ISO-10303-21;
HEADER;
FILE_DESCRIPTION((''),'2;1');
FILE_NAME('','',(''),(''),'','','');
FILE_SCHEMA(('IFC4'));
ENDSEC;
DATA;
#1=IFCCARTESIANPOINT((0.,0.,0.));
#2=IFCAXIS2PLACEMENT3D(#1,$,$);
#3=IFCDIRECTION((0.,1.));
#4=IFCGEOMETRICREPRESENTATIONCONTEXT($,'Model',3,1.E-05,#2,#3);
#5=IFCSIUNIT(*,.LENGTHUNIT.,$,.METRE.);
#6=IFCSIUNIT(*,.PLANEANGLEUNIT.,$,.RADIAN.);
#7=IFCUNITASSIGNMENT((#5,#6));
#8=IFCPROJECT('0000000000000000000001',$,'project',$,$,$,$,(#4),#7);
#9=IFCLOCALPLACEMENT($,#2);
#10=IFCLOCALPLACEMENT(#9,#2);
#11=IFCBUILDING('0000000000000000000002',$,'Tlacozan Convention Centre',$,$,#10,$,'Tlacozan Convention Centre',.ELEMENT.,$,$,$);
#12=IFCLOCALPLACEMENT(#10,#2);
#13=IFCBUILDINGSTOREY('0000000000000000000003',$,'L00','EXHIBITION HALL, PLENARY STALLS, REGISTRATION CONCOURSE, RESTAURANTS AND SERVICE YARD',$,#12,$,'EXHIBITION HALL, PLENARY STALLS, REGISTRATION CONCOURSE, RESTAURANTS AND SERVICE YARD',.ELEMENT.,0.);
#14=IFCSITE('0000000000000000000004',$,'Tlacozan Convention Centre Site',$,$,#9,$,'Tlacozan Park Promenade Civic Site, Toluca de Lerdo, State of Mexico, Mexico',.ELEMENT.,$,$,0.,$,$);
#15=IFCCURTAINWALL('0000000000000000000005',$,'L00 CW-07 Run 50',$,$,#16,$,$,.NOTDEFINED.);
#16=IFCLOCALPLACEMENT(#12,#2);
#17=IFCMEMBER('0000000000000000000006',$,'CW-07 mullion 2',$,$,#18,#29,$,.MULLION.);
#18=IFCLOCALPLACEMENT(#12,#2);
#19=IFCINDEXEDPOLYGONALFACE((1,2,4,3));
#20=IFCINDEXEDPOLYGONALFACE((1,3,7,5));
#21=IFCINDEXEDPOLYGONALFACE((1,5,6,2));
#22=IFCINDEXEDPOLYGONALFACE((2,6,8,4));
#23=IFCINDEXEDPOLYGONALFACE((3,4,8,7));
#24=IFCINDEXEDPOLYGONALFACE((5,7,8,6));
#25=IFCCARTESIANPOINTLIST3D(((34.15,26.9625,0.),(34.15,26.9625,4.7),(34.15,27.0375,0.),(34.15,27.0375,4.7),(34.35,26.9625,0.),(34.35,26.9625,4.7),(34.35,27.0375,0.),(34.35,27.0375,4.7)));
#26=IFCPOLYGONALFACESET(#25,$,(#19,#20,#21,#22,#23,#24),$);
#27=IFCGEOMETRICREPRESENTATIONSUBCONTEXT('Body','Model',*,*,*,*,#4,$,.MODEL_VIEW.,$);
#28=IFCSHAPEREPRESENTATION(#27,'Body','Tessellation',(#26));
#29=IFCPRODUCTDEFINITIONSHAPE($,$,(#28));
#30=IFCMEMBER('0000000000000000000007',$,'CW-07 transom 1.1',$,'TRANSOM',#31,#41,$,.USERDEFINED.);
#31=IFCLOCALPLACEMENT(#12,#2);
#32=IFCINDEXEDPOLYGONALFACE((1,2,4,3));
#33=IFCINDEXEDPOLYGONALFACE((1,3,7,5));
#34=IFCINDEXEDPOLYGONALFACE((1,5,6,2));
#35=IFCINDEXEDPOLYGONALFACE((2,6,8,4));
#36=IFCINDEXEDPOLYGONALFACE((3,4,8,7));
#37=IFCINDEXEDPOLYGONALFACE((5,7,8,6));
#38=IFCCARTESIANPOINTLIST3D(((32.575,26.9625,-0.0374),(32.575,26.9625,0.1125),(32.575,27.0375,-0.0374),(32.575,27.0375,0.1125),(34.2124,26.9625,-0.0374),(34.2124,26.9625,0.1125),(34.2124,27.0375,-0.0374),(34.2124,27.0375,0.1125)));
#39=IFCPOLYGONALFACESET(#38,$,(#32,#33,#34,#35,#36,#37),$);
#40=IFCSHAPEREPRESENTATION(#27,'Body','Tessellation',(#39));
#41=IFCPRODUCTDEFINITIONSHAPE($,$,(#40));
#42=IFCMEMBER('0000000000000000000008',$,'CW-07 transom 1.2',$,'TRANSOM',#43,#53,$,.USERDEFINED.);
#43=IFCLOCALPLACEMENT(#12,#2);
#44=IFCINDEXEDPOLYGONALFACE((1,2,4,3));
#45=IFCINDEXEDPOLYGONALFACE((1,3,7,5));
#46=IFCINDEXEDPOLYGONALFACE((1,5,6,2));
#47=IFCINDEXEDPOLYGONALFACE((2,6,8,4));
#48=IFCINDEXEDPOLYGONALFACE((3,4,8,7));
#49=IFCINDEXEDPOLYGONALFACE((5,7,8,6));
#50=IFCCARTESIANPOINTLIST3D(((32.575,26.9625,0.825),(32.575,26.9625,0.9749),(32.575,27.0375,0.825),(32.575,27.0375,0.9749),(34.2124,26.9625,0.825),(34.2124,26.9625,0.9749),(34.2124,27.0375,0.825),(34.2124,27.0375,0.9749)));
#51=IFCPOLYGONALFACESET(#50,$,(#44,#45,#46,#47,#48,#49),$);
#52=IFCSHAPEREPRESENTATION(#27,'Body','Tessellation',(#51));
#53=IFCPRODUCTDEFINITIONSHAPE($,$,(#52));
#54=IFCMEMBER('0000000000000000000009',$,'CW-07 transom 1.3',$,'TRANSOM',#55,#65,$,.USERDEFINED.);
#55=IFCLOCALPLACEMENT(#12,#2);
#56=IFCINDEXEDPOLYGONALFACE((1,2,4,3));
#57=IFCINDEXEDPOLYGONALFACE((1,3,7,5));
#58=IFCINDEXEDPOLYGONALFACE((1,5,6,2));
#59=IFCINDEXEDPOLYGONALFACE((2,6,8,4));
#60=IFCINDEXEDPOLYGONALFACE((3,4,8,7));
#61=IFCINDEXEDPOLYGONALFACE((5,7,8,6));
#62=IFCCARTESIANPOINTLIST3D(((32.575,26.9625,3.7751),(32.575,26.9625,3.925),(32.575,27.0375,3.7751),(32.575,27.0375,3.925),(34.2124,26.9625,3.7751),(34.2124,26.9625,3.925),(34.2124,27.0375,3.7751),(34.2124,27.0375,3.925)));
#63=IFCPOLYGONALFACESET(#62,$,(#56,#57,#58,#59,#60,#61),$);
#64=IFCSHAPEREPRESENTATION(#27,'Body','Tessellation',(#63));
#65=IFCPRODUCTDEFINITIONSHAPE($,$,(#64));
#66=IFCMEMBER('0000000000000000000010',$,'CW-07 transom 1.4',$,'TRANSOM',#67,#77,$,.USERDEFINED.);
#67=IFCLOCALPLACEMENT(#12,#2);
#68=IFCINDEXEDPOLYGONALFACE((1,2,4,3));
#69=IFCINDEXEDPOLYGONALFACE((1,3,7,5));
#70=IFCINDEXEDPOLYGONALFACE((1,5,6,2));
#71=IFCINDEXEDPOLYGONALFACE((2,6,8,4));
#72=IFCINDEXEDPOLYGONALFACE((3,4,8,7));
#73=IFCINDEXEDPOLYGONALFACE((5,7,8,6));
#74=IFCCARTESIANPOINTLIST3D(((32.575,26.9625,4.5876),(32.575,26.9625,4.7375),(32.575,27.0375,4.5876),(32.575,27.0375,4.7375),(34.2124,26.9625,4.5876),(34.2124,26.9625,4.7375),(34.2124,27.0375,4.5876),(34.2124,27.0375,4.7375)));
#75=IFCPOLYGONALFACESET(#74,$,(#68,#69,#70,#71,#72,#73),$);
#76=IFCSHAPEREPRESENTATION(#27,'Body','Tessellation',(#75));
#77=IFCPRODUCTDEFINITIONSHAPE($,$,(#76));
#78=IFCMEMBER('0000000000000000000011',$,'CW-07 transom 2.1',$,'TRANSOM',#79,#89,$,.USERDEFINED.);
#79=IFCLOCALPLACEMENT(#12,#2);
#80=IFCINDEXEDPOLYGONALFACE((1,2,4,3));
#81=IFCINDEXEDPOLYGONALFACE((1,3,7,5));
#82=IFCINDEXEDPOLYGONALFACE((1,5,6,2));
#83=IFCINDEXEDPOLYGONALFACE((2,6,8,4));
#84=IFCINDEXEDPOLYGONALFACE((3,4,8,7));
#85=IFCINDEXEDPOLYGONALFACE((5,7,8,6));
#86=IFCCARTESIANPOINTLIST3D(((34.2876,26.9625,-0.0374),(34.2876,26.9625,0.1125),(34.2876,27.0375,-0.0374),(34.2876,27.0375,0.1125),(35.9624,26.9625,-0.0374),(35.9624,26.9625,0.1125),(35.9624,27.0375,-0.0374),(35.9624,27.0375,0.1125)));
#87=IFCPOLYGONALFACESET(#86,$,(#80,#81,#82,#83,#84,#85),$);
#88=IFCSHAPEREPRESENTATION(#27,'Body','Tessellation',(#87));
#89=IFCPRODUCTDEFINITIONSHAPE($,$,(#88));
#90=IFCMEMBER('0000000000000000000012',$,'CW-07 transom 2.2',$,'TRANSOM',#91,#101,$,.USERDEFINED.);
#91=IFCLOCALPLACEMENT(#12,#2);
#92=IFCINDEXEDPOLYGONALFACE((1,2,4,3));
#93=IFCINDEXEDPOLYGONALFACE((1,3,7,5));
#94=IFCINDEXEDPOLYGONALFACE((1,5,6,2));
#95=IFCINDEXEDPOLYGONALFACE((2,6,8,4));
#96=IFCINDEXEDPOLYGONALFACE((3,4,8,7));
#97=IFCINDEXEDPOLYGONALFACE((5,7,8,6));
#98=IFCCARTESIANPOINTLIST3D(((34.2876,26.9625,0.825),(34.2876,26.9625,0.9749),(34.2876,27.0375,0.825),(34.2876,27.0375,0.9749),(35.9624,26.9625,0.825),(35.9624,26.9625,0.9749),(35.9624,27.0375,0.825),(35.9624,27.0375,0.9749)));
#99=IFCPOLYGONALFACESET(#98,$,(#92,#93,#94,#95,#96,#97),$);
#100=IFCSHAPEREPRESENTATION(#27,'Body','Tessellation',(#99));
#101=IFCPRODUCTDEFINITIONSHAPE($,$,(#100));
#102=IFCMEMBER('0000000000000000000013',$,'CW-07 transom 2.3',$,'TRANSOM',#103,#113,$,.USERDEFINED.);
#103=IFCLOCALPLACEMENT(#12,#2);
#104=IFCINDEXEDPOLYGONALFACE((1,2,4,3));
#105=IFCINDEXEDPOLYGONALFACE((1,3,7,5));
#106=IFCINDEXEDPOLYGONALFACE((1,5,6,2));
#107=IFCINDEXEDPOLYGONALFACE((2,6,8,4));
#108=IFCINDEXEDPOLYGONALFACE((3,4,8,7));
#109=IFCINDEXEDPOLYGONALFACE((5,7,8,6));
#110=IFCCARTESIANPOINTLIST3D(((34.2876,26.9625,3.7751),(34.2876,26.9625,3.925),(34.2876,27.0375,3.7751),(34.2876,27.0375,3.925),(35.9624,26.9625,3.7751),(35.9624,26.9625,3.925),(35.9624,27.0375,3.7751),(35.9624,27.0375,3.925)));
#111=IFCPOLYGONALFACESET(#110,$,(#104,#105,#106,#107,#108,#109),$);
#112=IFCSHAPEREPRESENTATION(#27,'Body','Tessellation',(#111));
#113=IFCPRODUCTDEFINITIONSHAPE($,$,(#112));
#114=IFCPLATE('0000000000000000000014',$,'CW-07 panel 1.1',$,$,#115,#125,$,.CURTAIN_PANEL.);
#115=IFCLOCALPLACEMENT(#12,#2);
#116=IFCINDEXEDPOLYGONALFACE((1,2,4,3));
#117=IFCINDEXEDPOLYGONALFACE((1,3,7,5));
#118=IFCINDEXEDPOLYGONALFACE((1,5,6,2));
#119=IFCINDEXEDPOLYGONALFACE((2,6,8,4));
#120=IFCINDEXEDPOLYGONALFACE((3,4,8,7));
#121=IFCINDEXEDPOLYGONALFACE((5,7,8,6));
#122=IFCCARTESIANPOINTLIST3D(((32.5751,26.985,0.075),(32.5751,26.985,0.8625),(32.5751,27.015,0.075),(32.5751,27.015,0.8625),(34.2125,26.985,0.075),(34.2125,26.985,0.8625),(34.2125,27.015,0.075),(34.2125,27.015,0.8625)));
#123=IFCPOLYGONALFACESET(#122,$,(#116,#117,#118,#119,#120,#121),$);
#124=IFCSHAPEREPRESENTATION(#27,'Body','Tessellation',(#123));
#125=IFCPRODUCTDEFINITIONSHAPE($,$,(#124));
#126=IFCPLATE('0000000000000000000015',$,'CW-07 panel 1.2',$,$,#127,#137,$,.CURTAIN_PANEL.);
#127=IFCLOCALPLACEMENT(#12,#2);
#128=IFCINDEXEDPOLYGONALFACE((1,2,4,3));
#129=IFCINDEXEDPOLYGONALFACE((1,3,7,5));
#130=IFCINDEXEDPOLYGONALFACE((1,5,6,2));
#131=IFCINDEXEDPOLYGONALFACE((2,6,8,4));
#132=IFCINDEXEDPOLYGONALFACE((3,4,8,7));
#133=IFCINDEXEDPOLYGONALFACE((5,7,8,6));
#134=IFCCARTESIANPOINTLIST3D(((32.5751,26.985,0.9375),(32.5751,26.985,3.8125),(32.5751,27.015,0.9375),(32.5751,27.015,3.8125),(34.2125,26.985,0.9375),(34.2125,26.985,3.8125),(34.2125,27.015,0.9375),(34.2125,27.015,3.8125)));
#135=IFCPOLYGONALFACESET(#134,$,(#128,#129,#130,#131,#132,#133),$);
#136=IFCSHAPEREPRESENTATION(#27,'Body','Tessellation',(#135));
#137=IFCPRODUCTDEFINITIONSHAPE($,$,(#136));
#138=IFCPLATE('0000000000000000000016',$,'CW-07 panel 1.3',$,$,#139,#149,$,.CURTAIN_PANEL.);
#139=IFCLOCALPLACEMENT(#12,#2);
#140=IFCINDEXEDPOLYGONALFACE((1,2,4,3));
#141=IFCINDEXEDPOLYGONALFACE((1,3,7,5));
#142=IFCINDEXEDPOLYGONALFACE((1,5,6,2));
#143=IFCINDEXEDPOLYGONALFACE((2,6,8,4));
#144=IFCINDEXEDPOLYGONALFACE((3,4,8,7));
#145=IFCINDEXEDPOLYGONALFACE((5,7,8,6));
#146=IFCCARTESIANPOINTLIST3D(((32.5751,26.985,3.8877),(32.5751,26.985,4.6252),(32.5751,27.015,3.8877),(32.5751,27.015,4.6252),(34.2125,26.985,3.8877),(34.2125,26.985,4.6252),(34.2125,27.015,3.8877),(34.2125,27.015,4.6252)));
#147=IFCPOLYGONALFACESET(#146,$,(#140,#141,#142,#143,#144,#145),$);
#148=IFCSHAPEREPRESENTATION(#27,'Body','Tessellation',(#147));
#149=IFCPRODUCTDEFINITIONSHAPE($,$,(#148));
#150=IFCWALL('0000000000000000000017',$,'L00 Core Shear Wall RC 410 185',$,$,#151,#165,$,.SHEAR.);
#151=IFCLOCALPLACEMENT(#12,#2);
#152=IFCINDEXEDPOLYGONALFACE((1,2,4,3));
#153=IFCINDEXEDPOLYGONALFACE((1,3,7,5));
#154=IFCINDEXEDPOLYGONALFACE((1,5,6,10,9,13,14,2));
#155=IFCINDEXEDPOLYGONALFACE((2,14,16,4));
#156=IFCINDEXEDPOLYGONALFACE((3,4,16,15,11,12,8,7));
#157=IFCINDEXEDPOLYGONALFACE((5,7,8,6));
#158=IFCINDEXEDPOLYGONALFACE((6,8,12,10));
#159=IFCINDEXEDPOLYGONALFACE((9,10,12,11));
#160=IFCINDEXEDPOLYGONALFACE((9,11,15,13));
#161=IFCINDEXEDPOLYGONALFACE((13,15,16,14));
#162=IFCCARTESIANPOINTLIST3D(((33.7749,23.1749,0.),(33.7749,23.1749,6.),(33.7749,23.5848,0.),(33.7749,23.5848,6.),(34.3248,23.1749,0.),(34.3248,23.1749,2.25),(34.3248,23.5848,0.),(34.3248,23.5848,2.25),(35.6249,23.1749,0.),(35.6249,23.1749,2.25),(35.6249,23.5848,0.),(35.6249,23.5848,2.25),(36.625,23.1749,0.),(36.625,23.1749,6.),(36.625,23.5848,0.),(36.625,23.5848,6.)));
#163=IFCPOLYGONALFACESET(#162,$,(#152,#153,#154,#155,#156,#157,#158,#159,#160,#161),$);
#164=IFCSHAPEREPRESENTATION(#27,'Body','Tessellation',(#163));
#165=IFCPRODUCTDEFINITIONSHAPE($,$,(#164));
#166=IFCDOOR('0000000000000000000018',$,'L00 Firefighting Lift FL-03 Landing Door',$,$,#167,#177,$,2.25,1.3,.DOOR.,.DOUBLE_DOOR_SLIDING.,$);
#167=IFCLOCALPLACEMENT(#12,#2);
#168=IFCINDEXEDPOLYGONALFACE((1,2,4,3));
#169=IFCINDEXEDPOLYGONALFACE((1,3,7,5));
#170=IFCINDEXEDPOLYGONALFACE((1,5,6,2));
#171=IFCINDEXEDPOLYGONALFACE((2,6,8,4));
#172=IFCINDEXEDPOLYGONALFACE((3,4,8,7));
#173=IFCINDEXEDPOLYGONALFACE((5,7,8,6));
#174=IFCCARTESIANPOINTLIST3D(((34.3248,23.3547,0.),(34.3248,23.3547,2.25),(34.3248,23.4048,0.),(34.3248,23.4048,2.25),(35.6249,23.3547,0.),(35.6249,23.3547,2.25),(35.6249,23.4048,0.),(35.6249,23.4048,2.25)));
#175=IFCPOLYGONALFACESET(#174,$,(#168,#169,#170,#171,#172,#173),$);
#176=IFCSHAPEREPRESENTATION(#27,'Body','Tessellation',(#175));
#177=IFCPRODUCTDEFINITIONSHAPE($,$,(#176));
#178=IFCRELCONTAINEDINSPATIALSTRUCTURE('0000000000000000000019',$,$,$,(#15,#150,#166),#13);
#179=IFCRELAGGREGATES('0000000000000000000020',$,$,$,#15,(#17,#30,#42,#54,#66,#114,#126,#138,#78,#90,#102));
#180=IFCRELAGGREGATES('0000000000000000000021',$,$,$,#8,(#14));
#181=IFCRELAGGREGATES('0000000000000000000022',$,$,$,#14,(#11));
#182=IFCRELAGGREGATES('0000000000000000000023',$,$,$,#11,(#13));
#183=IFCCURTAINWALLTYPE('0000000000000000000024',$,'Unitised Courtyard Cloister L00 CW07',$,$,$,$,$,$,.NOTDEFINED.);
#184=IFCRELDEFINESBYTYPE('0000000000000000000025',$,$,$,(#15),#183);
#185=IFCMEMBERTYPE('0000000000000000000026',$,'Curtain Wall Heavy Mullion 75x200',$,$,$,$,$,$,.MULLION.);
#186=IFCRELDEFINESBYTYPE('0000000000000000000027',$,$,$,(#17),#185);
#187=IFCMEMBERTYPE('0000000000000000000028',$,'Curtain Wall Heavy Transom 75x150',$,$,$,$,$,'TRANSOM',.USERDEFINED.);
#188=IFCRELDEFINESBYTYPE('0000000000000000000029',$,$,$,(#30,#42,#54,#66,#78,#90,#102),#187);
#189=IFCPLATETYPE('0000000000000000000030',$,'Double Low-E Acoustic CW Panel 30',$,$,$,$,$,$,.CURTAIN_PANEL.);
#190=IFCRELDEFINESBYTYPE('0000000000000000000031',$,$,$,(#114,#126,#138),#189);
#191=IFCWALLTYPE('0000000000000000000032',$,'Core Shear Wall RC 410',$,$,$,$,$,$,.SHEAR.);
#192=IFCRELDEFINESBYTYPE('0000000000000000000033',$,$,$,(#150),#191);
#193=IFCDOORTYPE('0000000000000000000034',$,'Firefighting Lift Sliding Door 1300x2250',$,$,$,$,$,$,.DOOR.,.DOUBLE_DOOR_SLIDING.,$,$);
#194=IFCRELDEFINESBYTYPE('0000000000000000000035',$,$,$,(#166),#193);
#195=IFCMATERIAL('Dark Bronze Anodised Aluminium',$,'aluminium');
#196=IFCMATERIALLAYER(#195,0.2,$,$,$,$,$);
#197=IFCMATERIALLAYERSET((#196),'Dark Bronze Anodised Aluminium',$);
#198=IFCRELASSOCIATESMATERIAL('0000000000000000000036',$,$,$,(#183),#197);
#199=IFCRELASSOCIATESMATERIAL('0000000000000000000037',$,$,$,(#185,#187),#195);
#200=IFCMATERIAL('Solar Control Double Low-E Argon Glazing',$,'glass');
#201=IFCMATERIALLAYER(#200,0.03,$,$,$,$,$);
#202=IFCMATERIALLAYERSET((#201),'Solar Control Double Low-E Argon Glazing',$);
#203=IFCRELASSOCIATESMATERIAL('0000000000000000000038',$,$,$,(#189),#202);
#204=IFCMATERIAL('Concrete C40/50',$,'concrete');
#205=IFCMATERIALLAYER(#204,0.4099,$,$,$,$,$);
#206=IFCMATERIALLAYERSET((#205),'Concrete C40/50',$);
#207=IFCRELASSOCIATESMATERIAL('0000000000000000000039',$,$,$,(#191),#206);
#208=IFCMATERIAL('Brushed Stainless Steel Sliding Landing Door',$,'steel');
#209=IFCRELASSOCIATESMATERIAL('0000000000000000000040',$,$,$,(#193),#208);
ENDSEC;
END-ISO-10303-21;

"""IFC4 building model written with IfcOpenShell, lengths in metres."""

from ifc_helpers import new_model, si_unit, direction, frame, frame_2d, origin, origin_2d, place, context, subcontext, project, spatial, rectangle, extrude, material, layer, layer_set, material_profile, profile_set, type_object, element, fill, aggregate, save


model = new_model("IFC4")

# Units and contexts
model_context = context("Model", 3, precision=1e-05, world=origin(), true_north=direction((0.0, 1.0)))
body_context = subcontext(model_context, "Body", "Model", "MODEL_VIEW")
ifc_project = project(units=[si_unit("LENGTHUNIT", "METRE"), si_unit("PLANEANGLEUNIT", "RADIAN")], contexts=[model_context])

# Site, building, storey
site_placement = place(None, origin())
site = spatial("IfcSite", under=ifc_project, at=site_placement, Name="Tlacozan Convention Centre Site", LongName="Tlacozan Park Promenade Civic Site, Toluca de Lerdo, State of Mexico, Mexico", CompositionType="ELEMENT", RefElevation=0.0)
building_placement = place(site_placement, origin())
building = spatial("IfcBuilding", under=site, at=building_placement, Name="Tlacozan Convention Centre", LongName="Tlacozan Convention Centre", CompositionType="ELEMENT")
storey_placement = place(building_placement, origin())
storey = spatial("IfcBuildingStorey", under=building, at=storey_placement, Name="L00", Description="EXHIBITION HALL, PLENARY STALLS, REGISTRATION CONCOURSE, RESTAURANTS AND SERVICE YARD", LongName="EXHIBITION HALL, PLENARY STALLS, REGISTRATION CONCOURSE, RESTAURANTS AND SERVICE YARD", CompositionType="ELEMENT", Elevation=0.0)

# Curtain wall, members, plates
ifc_material_1 = material(Name="Dark Bronze Anodised Aluminium", Category="aluminium")
ifc_layer_1 = layer(ifc_material_1, 0.2)
ifc_layer_set_1 = layer_set([ifc_layer_1], Name="Dark Bronze Anodised Aluminium")
curtain_wall_type = type_object("IfcCurtainWallType", Name="Unitised Courtyard Cloister L00 CW07", PredefinedType="NOTDEFINED", material=ifc_layer_set_1)
curtain_wall_placement = place(storey_placement, origin())
curtain_wall = element("IfcCurtainWall", 1, at=curtain_wall_placement, inside=storey, type_object=curtain_wall_type, Name="L00 CW-07 Run 50", PredefinedType="NOTDEFINED")
ifc_material_profile_1 = material_profile(ifc_material_1, rectangle(XDim=0.075, YDim=0.2, at=origin_2d()), Name="ALU 75x200")
ifc_profile_set_1 = profile_set([ifc_material_profile_1], Name="Dark Bronze Anodised Aluminium")
member_type_1 = type_object("IfcMemberType", Name="Curtain Wall Heavy Mullion 75x200", PredefinedType="MULLION", material=ifc_profile_set_1)
member_1_placement = place(storey_placement, frame((34.25, 27.0, 0.0), z_axis=(0.0, 0.0, 1.0), x_axis=(0.0, 1.0, 0.0)))
member_1 = element("IfcMember", 2, at=member_1_placement, type_object=member_type_1, Name="CW-07 mullion 2", PredefinedType="MULLION", context=body_context, shape_type="SweptSolid", body=[
    extrude(rectangle(XDim=0.075, YDim=0.2, at=origin_2d()), origin(), (0.0, 0.0, 1.0), 4.7),
])
ifc_material_profile_2 = material_profile(ifc_material_1, rectangle(XDim=0.075, YDim=0.1499, at=origin_2d()), Name="ALU 75x150")
ifc_profile_set_2 = profile_set([ifc_material_profile_2], Name="Dark Bronze Anodised Aluminium")
member_type_2 = type_object("IfcMemberType", Name="Curtain Wall Heavy Transom 75x150", ElementType="TRANSOM", PredefinedType="USERDEFINED", material=ifc_profile_set_2)
member_2_placement = place(storey_placement, frame((32.575, 27.0, 0.0376), z_axis=(1.0, 0.0, 0.0), x_axis=(0.0, 1.0, 0.0)))
member_2 = element("IfcMember", 3, at=member_2_placement, type_object=member_type_2, Name="CW-07 transom 1.1", ObjectType="TRANSOM", PredefinedType="USERDEFINED", context=body_context, shape_type="SweptSolid", body=[
    extrude(rectangle(XDim=0.075, YDim=0.1499, at=origin_2d()), origin(), (0.0, 0.0, 1.0), 1.6375),
])
member_3_placement = place(storey_placement, frame((32.575, 27.0, 0.8999), z_axis=(1.0, 0.0, 0.0), x_axis=(0.0, 1.0, 0.0)))
member_3 = element("IfcMember", 4, at=member_3_placement, type_object=member_type_2, Name="CW-07 transom 1.2", ObjectType="TRANSOM", PredefinedType="USERDEFINED", context=body_context, shape_type="SweptSolid", body=[
    extrude(rectangle(XDim=0.075, YDim=0.1499, at=origin_2d()), origin(), (0.0, 0.0, 1.0), 1.6375),
])
member_4_placement = place(storey_placement, frame((32.575, 27.0, 3.8501), z_axis=(1.0, 0.0, 0.0), x_axis=(0.0, 1.0, 0.0)))
member_4 = element("IfcMember", 5, at=member_4_placement, type_object=member_type_2, Name="CW-07 transom 1.3", ObjectType="TRANSOM", PredefinedType="USERDEFINED", context=body_context, shape_type="SweptSolid", body=[
    extrude(rectangle(XDim=0.075, YDim=0.1499, at=origin_2d()), origin(), (0.0, 0.0, 1.0), 1.6375),
])
member_5_placement = place(storey_placement, frame((32.575, 27.0, 4.6626), z_axis=(1.0, 0.0, 0.0), x_axis=(0.0, 1.0, 0.0)))
member_5 = element("IfcMember", 6, at=member_5_placement, type_object=member_type_2, Name="CW-07 transom 1.4", ObjectType="TRANSOM", PredefinedType="USERDEFINED", context=body_context, shape_type="SweptSolid", body=[
    extrude(rectangle(XDim=0.075, YDim=0.1499, at=origin_2d()), origin(), (0.0, 0.0, 1.0), 1.6375),
])
member_6_placement = place(storey_placement, frame((34.2876, 27.0, 0.0376), z_axis=(1.0, 0.0, 0.0), x_axis=(0.0, 1.0, 0.0)))
member_6 = element("IfcMember", 7, at=member_6_placement, type_object=member_type_2, Name="CW-07 transom 2.1", ObjectType="TRANSOM", PredefinedType="USERDEFINED", context=body_context, shape_type="SweptSolid", body=[
    extrude(rectangle(XDim=0.075, YDim=0.1499, at=origin_2d()), origin(), (0.0, 0.0, 1.0), 1.6748),
])
member_7_placement = place(storey_placement, frame((34.2876, 27.0, 0.8999), z_axis=(1.0, 0.0, 0.0), x_axis=(0.0, 1.0, 0.0)))
member_7 = element("IfcMember", 8, at=member_7_placement, type_object=member_type_2, Name="CW-07 transom 2.2", ObjectType="TRANSOM", PredefinedType="USERDEFINED", context=body_context, shape_type="SweptSolid", body=[
    extrude(rectangle(XDim=0.075, YDim=0.1499, at=origin_2d()), origin(), (0.0, 0.0, 1.0), 1.6748),
])
member_8_placement = place(storey_placement, frame((34.2876, 27.0, 3.8501), z_axis=(1.0, 0.0, 0.0), x_axis=(0.0, 1.0, 0.0)))
member_8 = element("IfcMember", 9, at=member_8_placement, type_object=member_type_2, Name="CW-07 transom 2.3", ObjectType="TRANSOM", PredefinedType="USERDEFINED", context=body_context, shape_type="SweptSolid", body=[
    extrude(rectangle(XDim=0.075, YDim=0.1499, at=origin_2d()), origin(), (0.0, 0.0, 1.0), 1.6748),
])
ifc_material_2 = material(Name="Solar Control Double Low-E Argon Glazing", Category="glass")
ifc_layer_2 = layer(ifc_material_2, 0.03)
ifc_layer_set_2 = layer_set([ifc_layer_2], Name="Solar Control Double Low-E Argon Glazing")
plate_type = type_object("IfcPlateType", Name="Double Low-E Acoustic CW Panel 30", PredefinedType="CURTAIN_PANEL", material=ifc_layer_set_2)
plate_1_placement = place(storey_placement, frame((33.3938, 27.0, 0.075), z_axis=(0.0, 0.0, 1.0), x_axis=(1.0, 0.0, 0.0)))
plate_1 = element("IfcPlate", 10, at=plate_1_placement, type_object=plate_type, Name="CW-07 panel 1.1", PredefinedType="CURTAIN_PANEL", context=body_context, shape_type="SweptSolid", body=[
    extrude(rectangle(XDim=1.6375, YDim=0.03, at=origin_2d()), origin(), (0.0, 0.0, 1.0), 0.7876),
])
plate_2_placement = place(storey_placement, frame((33.3938, 27.0, 0.9375), z_axis=(0.0, 0.0, 1.0), x_axis=(1.0, 0.0, 0.0)))
plate_2 = element("IfcPlate", 11, at=plate_2_placement, type_object=plate_type, Name="CW-07 panel 1.2", PredefinedType="CURTAIN_PANEL", context=body_context, shape_type="SweptSolid", body=[
    extrude(rectangle(XDim=1.6375, YDim=0.03, at=origin_2d()), origin(), (0.0, 0.0, 1.0), 2.875),
])
plate_3_placement = place(storey_placement, frame((33.3938, 27.0, 3.8877), z_axis=(0.0, 0.0, 1.0), x_axis=(1.0, 0.0, 0.0)))
plate_3 = element("IfcPlate", 12, at=plate_3_placement, type_object=plate_type, Name="CW-07 panel 1.3", PredefinedType="CURTAIN_PANEL", context=body_context, shape_type="SweptSolid", body=[
    extrude(rectangle(XDim=1.6375, YDim=0.03, at=origin_2d()), origin(), (0.0, 0.0, 1.0), 0.7375),
])
aggregate(curtain_wall, [member_1, member_2, member_3, member_4, member_5, plate_1, plate_2, plate_3, member_6, member_7, member_8])

# Wall, opening, door
ifc_material_3 = material(Name="Concrete C40/50", Category="concrete")
ifc_layer_3 = layer(ifc_material_3, 0.4099)
ifc_layer_set_3 = layer_set([ifc_layer_3], Name="Concrete C40/50")
wall_type_1 = type_object("IfcWallType", Name="Core Shear Wall RC 410", PredefinedType="SHEAR", material=ifc_layer_set_3)
wall_1_placement = place(storey_placement, frame((33.7749, 23.3799, 0.0), z_axis=(0.0, 0.0, 1.0), x_axis=(1.0, 0.0, 0.0)))
wall_1 = element("IfcWall", 13, at=wall_1_placement, inside=storey, type_object=wall_type_1, Name="L00 Core Shear Wall RC 410 185", PredefinedType="SHEAR", context=body_context, shape_type="SweptSolid", body=[
    extrude(rectangle(XDim=2.8501, YDim=0.4099, at=frame_2d((1.425, 0.0))), origin(), (0.0, 0.0, 1.0), 6.0),
])
opening_1_placement = place(wall_1_placement, frame((0.55, 0.0, 0.0)))
opening_1 = element("IfcOpeningElement", 14, at=opening_1_placement, cuts=wall_1, PredefinedType="OPENING", context=body_context, shape_type="SweptSolid", body=[
    extrude(rectangle(XDim=1.3, YDim=2.25, at=frame_2d((0.6499, 1.125))), frame((0.0, 0.2148, 0.0), z_axis=(0.0, -1.0, 0.0), x_axis=(1.0, 0.0, 0.0)), (0.0, 0.0, 1.0), 0.4299),
])
ifc_material_4 = material(Name="Brushed Stainless Steel Sliding Landing Door", Category="steel")
door_type_1 = type_object("IfcDoorType", Name="Firefighting Lift Sliding Door 1300x2250", OperationType="DOUBLE_DOOR_SLIDING", PredefinedType="DOOR", material=ifc_material_4)
door_1_placement = place(opening_1_placement, origin())
door_1 = element("IfcDoor", 15, at=door_1_placement, inside=storey, type_object=door_type_1, Name="L00 Firefighting Lift FL-03 Landing Door", OperationType="DOUBLE_DOOR_SLIDING", OverallHeight=2.25, OverallWidth=1.3, PredefinedType="DOOR", context=body_context, shape_type="SweptSolid", body=[
    extrude(rectangle(XDim=1.3, YDim=2.25, at=frame_2d((0.6499, 1.125))), frame((0.0, 0.0249, 0.0), z_axis=(0.0, -1.0, 0.0), x_axis=(1.0, 0.0, 0.0)), (0.0, 0.0, 1.0), 0.05),
])
fill(opening_1, door_1)

save(model, "model.ifc")
